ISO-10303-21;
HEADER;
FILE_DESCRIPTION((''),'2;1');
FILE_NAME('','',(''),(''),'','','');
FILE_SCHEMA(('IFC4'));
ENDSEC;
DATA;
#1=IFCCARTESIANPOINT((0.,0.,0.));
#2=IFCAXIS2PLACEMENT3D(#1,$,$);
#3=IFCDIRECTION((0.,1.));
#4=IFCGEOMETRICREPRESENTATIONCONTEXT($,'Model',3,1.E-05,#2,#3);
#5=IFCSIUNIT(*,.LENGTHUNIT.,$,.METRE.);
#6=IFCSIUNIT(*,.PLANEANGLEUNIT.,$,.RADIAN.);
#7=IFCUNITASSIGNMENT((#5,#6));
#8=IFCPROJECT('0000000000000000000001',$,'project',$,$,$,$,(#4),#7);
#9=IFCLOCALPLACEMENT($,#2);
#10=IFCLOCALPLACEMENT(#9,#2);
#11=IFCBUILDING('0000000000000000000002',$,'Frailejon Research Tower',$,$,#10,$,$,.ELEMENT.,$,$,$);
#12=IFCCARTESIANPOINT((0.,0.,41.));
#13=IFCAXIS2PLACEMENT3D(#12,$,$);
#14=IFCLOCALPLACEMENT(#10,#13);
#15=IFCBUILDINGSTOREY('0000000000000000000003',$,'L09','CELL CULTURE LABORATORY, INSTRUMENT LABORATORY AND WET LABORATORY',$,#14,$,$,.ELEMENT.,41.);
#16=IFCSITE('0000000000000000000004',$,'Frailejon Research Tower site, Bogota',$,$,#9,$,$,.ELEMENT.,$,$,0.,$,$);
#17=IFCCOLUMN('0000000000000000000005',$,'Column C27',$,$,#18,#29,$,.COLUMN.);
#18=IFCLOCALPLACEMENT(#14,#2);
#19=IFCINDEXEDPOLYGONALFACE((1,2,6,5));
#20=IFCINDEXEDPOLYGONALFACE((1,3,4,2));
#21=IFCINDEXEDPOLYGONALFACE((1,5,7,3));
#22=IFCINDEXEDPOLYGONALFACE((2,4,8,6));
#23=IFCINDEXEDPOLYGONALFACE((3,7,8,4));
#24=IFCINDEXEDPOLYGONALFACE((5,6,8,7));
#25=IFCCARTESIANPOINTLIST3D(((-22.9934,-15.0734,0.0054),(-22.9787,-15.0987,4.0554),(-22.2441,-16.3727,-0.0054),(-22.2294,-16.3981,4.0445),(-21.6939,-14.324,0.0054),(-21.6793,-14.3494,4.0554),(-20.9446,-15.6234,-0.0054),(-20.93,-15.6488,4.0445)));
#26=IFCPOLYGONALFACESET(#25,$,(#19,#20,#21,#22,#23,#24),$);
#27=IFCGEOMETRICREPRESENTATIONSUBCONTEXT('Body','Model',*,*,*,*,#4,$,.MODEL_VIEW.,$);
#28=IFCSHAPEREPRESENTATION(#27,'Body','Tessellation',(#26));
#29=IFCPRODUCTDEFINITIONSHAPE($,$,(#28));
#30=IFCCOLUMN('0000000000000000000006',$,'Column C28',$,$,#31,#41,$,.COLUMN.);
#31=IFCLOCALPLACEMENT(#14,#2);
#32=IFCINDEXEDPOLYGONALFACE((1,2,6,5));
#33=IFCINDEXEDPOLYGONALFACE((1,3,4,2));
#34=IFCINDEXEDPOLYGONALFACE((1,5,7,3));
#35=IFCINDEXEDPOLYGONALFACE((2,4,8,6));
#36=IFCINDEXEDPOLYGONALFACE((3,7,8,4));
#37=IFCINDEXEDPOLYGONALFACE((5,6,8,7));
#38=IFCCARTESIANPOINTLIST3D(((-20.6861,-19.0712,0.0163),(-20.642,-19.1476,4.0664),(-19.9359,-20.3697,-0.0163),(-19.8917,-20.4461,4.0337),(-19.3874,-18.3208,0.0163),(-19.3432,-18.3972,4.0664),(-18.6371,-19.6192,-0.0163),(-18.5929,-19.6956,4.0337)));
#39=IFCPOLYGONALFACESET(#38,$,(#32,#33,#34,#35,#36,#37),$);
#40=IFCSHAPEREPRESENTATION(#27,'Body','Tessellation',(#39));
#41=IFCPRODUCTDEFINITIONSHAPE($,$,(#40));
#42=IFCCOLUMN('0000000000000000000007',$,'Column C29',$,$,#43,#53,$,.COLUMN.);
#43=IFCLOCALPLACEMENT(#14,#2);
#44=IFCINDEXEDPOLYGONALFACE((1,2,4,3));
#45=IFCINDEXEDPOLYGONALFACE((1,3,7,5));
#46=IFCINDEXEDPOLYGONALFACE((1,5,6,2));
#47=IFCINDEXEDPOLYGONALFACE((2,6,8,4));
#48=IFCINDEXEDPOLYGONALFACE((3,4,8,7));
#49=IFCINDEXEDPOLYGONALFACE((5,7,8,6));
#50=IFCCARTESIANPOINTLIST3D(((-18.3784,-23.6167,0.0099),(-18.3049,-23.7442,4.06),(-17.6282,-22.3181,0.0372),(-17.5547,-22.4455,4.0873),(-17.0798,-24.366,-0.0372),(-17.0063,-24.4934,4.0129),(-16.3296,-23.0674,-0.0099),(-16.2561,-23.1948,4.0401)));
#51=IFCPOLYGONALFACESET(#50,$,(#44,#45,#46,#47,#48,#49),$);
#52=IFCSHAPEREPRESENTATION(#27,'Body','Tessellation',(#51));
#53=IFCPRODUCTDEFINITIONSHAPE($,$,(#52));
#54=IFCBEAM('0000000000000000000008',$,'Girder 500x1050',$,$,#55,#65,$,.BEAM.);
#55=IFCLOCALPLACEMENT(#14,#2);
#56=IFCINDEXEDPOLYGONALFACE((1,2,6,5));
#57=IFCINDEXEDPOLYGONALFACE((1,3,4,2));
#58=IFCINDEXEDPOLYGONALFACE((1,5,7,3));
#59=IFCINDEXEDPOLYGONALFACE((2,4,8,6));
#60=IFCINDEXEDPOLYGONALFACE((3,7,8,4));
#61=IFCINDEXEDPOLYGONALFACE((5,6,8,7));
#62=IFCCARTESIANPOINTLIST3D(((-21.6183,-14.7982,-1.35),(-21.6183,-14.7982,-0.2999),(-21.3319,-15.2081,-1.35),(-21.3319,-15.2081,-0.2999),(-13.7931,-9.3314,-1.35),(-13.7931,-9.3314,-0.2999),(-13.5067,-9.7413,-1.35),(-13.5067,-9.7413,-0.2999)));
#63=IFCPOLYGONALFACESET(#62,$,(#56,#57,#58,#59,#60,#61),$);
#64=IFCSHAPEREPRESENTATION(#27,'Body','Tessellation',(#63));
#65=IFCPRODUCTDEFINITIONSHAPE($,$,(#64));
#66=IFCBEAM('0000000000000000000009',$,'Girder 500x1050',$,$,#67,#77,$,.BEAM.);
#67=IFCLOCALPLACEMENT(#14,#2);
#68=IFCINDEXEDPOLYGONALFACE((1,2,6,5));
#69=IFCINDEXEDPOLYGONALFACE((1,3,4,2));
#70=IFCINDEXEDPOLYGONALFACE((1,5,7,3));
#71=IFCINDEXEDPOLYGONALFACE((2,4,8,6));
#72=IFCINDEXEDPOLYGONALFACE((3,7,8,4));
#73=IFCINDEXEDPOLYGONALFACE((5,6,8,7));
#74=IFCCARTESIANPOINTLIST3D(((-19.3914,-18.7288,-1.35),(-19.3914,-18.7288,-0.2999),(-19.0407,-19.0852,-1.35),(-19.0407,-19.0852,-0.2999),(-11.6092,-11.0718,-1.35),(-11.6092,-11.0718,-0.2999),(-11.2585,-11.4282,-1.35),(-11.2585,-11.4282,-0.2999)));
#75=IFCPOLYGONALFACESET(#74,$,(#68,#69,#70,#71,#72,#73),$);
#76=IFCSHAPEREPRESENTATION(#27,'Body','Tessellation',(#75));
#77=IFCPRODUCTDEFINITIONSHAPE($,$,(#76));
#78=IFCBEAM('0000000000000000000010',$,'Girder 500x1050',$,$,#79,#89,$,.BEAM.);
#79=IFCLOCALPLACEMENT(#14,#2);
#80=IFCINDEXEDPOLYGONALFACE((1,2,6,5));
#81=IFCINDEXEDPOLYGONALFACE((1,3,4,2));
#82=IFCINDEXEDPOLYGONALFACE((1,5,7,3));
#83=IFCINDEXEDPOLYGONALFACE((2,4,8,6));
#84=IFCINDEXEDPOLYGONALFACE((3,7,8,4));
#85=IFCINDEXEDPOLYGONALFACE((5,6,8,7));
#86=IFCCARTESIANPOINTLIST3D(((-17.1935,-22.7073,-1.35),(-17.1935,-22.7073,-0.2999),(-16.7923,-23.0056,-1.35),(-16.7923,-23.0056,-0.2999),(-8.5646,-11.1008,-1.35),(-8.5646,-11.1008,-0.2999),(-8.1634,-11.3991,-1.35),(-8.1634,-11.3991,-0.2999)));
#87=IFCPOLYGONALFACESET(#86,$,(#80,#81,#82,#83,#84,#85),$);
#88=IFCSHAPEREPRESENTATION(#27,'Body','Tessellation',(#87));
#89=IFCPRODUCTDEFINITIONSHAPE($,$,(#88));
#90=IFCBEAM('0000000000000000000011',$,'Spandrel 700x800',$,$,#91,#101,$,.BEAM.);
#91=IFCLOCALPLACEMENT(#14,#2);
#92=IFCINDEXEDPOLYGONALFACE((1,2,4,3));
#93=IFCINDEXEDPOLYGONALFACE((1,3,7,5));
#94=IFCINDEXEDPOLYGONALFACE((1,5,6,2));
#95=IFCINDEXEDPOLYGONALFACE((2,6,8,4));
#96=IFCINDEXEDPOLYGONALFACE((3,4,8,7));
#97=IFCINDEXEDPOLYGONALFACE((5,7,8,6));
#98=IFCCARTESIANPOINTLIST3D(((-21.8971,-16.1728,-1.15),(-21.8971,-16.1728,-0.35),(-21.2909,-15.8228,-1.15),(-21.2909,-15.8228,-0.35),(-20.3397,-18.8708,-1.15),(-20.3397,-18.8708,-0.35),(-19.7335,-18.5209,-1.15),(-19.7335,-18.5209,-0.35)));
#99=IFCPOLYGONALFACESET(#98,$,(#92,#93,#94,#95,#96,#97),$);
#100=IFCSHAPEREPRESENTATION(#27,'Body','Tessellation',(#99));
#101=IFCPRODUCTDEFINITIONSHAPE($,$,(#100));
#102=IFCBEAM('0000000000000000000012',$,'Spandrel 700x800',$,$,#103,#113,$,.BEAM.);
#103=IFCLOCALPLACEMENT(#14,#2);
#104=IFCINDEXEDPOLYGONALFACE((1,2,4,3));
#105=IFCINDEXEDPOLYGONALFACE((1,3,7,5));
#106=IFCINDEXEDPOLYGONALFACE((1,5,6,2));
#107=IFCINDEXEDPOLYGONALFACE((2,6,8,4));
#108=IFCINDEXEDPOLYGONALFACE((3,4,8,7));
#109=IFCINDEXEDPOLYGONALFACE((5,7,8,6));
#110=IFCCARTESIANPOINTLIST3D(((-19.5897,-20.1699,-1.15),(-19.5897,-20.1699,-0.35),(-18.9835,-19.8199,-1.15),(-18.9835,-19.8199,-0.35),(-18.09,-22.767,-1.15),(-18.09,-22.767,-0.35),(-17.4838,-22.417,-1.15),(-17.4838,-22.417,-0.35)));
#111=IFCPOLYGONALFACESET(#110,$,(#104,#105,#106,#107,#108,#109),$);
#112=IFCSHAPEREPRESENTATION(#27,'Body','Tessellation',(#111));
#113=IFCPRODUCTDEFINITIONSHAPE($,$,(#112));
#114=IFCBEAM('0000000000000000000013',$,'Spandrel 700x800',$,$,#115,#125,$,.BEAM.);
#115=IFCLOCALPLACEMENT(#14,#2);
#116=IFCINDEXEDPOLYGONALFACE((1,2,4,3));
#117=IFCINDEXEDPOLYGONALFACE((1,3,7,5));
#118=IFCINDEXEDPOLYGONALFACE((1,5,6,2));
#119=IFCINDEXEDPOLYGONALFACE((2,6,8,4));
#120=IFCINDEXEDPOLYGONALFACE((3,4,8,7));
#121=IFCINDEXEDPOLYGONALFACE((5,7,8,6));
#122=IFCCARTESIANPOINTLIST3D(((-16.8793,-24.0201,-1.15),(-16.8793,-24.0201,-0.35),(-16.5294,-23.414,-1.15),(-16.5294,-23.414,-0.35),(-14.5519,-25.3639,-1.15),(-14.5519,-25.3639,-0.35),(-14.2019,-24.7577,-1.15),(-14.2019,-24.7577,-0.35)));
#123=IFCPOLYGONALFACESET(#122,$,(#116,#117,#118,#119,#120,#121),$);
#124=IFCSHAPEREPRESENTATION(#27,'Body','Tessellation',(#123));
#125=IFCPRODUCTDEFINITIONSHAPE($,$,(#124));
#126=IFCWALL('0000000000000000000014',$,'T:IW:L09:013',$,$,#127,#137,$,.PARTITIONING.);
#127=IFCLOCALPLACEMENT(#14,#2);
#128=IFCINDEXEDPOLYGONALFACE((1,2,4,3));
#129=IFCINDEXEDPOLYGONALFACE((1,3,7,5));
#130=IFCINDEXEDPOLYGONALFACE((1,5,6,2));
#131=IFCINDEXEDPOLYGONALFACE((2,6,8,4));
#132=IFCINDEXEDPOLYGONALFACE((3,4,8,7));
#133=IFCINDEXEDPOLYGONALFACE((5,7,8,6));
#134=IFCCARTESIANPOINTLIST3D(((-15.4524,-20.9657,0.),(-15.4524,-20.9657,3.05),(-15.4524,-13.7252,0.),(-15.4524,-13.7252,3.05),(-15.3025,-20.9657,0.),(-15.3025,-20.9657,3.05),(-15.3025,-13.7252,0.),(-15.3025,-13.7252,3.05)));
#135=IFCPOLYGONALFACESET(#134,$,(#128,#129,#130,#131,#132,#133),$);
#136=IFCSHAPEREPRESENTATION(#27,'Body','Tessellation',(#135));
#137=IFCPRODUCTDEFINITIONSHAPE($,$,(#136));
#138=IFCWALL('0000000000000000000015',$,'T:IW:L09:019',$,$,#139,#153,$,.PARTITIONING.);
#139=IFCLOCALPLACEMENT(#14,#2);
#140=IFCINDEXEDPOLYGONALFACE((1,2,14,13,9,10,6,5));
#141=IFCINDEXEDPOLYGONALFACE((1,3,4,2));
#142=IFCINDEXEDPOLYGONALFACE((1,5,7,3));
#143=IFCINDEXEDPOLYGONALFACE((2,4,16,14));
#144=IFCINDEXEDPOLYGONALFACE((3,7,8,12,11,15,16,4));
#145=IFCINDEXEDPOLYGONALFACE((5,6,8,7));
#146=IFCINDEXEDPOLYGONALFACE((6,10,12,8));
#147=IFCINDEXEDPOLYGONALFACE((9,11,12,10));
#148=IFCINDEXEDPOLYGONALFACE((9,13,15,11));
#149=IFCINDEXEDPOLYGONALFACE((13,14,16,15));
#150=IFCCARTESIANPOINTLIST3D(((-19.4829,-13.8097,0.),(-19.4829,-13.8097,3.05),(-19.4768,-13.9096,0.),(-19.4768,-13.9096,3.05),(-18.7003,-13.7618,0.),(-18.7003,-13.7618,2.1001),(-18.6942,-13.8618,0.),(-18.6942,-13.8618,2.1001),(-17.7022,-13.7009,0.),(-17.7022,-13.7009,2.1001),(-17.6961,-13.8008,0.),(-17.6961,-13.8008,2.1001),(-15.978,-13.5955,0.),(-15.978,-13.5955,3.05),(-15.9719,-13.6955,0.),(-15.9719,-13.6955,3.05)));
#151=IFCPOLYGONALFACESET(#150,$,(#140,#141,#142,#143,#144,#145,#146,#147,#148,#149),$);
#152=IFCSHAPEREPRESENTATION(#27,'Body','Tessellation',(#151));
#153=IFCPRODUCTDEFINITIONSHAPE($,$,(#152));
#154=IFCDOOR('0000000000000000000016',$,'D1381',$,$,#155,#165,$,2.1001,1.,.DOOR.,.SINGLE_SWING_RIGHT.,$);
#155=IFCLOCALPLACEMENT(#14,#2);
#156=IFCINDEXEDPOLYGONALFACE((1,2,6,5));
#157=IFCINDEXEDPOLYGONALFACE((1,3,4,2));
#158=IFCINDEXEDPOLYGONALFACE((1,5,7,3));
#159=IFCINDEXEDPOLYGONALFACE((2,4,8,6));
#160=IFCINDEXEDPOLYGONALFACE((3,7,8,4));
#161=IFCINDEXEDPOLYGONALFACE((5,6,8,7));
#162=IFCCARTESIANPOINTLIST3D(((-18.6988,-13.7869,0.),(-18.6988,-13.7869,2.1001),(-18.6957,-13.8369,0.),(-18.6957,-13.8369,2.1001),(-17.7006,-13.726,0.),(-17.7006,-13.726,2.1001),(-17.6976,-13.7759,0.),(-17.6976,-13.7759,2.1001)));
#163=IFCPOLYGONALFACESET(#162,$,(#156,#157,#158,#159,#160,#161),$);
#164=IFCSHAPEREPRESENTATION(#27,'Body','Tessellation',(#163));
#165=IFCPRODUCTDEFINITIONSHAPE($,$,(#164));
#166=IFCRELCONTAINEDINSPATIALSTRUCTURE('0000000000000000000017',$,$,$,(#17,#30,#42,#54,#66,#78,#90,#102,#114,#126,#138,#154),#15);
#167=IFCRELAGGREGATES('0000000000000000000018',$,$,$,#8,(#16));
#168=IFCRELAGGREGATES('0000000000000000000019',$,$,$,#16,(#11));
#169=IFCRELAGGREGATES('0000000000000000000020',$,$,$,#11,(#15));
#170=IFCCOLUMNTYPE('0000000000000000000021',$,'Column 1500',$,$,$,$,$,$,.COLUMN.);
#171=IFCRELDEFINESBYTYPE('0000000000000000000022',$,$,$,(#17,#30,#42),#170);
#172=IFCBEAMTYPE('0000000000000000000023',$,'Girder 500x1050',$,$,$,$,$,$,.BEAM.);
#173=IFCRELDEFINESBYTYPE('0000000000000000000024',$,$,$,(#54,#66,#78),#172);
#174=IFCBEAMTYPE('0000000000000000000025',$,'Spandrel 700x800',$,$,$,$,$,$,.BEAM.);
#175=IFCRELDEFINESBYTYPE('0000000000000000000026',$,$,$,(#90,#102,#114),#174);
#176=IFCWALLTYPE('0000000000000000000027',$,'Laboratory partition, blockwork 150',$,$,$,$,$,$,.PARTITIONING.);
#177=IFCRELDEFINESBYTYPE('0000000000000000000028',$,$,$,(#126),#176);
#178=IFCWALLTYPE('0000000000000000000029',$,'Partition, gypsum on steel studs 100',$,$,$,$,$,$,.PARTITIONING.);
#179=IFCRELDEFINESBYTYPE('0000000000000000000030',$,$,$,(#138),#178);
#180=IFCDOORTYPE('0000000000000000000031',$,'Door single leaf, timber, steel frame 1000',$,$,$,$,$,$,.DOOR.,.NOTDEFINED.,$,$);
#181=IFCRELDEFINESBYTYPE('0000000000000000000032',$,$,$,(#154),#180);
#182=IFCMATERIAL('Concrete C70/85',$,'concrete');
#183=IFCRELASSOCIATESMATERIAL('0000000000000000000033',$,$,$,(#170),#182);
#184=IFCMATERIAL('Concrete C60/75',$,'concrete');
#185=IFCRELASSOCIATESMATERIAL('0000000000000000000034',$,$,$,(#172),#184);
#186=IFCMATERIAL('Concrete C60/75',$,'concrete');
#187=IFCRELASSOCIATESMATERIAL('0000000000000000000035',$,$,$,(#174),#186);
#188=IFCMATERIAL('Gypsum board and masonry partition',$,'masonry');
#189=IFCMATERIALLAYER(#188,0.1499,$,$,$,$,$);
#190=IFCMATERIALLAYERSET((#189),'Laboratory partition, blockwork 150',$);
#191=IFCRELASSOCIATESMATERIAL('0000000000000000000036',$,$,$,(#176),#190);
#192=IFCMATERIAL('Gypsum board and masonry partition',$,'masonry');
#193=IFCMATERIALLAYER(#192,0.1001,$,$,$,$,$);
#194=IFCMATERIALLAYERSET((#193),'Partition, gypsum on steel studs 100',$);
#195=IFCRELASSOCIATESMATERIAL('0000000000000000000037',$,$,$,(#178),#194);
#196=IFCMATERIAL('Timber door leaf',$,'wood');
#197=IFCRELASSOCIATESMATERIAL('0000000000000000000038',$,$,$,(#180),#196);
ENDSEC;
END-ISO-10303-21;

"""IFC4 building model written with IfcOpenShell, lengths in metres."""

from ifc_helpers import new_model, si_unit, direction, frame, frame_2d, origin, origin_2d, place, context, subcontext, project, spatial, rectangle, extrude, material, layer, layer_set, material_profile, profile_set, type_object, element, fill, save


model = new_model("IFC4")

# Units and contexts
model_context = context("Model", 3, precision=1e-05, world=origin(), true_north=direction((0.0, 1.0)))
body_context = subcontext(model_context, "Body", "Model", "MODEL_VIEW")
ifc_project = project(units=[si_unit("LENGTHUNIT", "METRE"), si_unit("PLANEANGLEUNIT", "RADIAN")], contexts=[model_context])

# Site, building, storey
site_placement = place(None, origin())
site = spatial("IfcSite", under=ifc_project, at=site_placement, Name="Frailejon Research Tower site, Bogota", CompositionType="ELEMENT", RefElevation=0.0)
building_placement = place(site_placement, origin())
building = spatial("IfcBuilding", under=site, at=building_placement, Name="Frailejon Research Tower", CompositionType="ELEMENT")
storey_placement = place(building_placement, frame((0.0, 0.0, 41.0)))
storey = spatial("IfcBuildingStorey", under=building, at=storey_placement, Name="L09", Description="CELL CULTURE LABORATORY, INSTRUMENT LABORATORY AND WET LABORATORY", CompositionType="ELEMENT", Elevation=41.0)

# Columns
ifc_material_1 = material(Name="Concrete C70/85", Category="concrete")
ifc_material_profile_1 = material_profile(ifc_material_1, rectangle(XDim=1.5, YDim=1.5, at=origin_2d()), Name="Column 1500")
ifc_profile_set_1 = profile_set([ifc_material_profile_1], Name="Concrete C70/85")
column_type = type_object("IfcColumnType", Name="Column 1500", PredefinedType="COLUMN", material=ifc_profile_set_1)
column_1_placement = place(storey_placement, frame((-21.969, -15.3484, 0.0), z_axis=(0.003617, -0.006269, 0.999974), x_axis=(0.499536, -0.866263, -0.007238)))
element("IfcColumn", 1, at=column_1_placement, inside=storey, type_object=column_type, Name="Column C27", PredefinedType="COLUMN", context=body_context, shape_type="SweptSolid", body=[
    extrude(rectangle(XDim=1.5, YDim=1.5, at=origin_2d()), origin(), (0.0, 0.0, 1.0), 4.05),
])
column_2_placement = place(storey_placement, frame((-19.6616, -19.3452, 0.0), z_axis=(0.010908, -0.018863, 0.999763), x_axis=(0.500187, -0.865643, -0.02179)))
element("IfcColumn", 2, at=column_2_placement, inside=storey, type_object=column_type, Name="Column C28", PredefinedType="COLUMN", context=body_context, shape_type="SweptSolid", body=[
    extrude(rectangle(XDim=1.5, YDim=1.5, at=origin_2d()), origin(), (0.0, 0.0, 1.0), 4.051),
])
column_3_placement = place(storey_placement, frame((-17.354, -23.342, 0.0), z_axis=(0.018133, -0.031446, 0.999341), x_axis=(0.865741, -0.499505, -0.031426)))
element("IfcColumn", 3, at=column_3_placement, inside=storey, type_object=column_type, Name="Column C29", PredefinedType="COLUMN", context=body_context, shape_type="SweptSolid", body=[
    extrude(rectangle(XDim=1.5, YDim=1.5, at=origin_2d()), origin(), (0.0, 0.0, 1.0), 4.0527),
])

# Beams
ifc_material_2 = material(Name="Concrete C60/75", Category="concrete")
ifc_material_profile_2 = material_profile(ifc_material_2, rectangle(XDim=0.5, YDim=1.05, at=origin_2d()), Name="Girder 500x1050")
ifc_profile_set_2 = profile_set([ifc_material_profile_2], Name="Concrete C60/75")
beam_type_1 = type_object("IfcBeamType", Name="Girder 500x1050", PredefinedType="BEAM", material=ifc_profile_set_2)
beam_1_placement = place(storey_placement, frame((-21.4751, -15.0032, -0.825), z_axis=(0.819765, 0.5727, 0.0), x_axis=(-0.5727, 0.819765, 0.0)))
element("IfcBeam", 4, at=beam_1_placement, inside=storey, type_object=beam_type_1, Name="Girder 500x1050", PredefinedType="BEAM", context=body_context, shape_type="SweptSolid", body=[
    extrude(rectangle(XDim=0.5, YDim=1.05, at=origin_2d()), origin(), (0.0, 0.0, 1.0), 9.5457),
])
beam_2_placement = place(storey_placement, frame((-19.2161, -18.907, -0.825), z_axis=(0.712819, 0.701348, 0.0), x_axis=(-0.701348, 0.712819, 0.0)))
element("IfcBeam", 5, at=beam_2_placement, inside=storey, type_object=beam_type_1, Name="Girder 500x1050", PredefinedType="BEAM", context=body_context, shape_type="SweptSolid", body=[
    extrude(rectangle(XDim=0.5, YDim=1.05, at=origin_2d()), origin(), (0.0, 0.0, 1.0), 10.9175),
])
beam_3_placement = place(storey_placement, frame((-16.9929, -22.8564, -0.825), z_axis=(0.596635, 0.802513, 0.0), x_axis=(-0.802513, 0.596635, 0.0)))
element("IfcBeam", 6, at=beam_3_placement, inside=storey, type_object=beam_type_1, Name="Girder 500x1050", PredefinedType="BEAM", context=body_context, shape_type="SweptSolid", body=[
    extrude(rectangle(XDim=0.5, YDim=1.05, at=origin_2d()), origin(), (0.0, 0.0, 1.0), 14.4626),
])
ifc_material_3 = material(Name="Concrete C60/75", Category="concrete")
ifc_material_profile_3 = material_profile(ifc_material_3, rectangle(XDim=0.7, YDim=0.8, at=origin_2d()), Name="Spandrel 700x800")
ifc_profile_set_3 = profile_set([ifc_material_profile_3], Name="Concrete C60/75")
beam_type_2 = type_object("IfcBeamType", Name="Spandrel 700x800", PredefinedType="BEAM", material=ifc_profile_set_3)
beam_4_placement = place(storey_placement, frame((-21.594, -15.9978, -0.75), z_axis=(0.499924, -0.866069, 0.0), x_axis=(0.866069, 0.499924, 0.0)))
element("IfcBeam", 7, at=beam_4_placement, inside=storey, type_object=beam_type_2, Name="Spandrel 700x800", PredefinedType="BEAM", context=body_context, shape_type="SweptSolid", body=[
    extrude(rectangle(XDim=0.7, YDim=0.8, at=origin_2d()), origin(), (0.0, 0.0, 1.0), 3.1152),
])
beam_5_placement = place(storey_placement, frame((-19.2866, -19.9949, -0.75), z_axis=(0.50007, -0.865985, 0.0), x_axis=(0.865985, 0.50007, 0.0)))
element("IfcBeam", 8, at=beam_5_placement, inside=storey, type_object=beam_type_2, Name="Spandrel 700x800", PredefinedType="BEAM", context=body_context, shape_type="SweptSolid", body=[
    extrude(rectangle(XDim=0.7, YDim=0.8, at=origin_2d()), origin(), (0.0, 0.0, 1.0), 2.999),
])
beam_6_placement = place(storey_placement, frame((-16.7043, -23.717, -0.75), z_axis=(0.866021, -0.500008, 0.0), x_axis=(0.500008, 0.866021, 0.0)))
element("IfcBeam", 9, at=beam_6_placement, inside=storey, type_object=beam_type_2, Name="Spandrel 700x800", PredefinedType="BEAM", context=body_context, shape_type="SweptSolid", body=[
    extrude(rectangle(XDim=0.7, YDim=0.8, at=origin_2d()), origin(), (0.0, 0.0, 1.0), 2.6875),
])

# Wall
ifc_material_4 = material(Name="Gypsum board and masonry partition", Category="masonry")
ifc_layer_1 = layer(ifc_material_4, 0.1499)
ifc_layer_set_1 = layer_set([ifc_layer_1], Name="Laboratory partition, blockwork 150")
wall_type_1 = type_object("IfcWallType", Name="Laboratory partition, blockwork 150", PredefinedType="PARTITIONING", material=ifc_layer_set_1)
wall_1_placement = place(storey_placement, frame((-15.3774, -20.9656, 0.0), z_axis=(0.0, 0.0, 1.0), x_axis=(0.0, 1.0, 0.0)))
element("IfcWall", 10, at=wall_1_placement, inside=storey, type_object=wall_type_1, Name="T:IW:L09:013", PredefinedType="PARTITIONING", context=body_context, shape_type="SweptSolid", body=[
    extrude(rectangle(XDim=7.2405, YDim=0.1499, at=frame_2d((3.6201, 0.0))), origin(), (0.0, 0.0, 1.0), 3.05),
])

# Wall, opening, door
ifc_material_5 = material(Name="Gypsum board and masonry partition", Category="masonry")
ifc_layer_2 = layer(ifc_material_5, 0.1001)
ifc_layer_set_2 = layer_set([ifc_layer_2], Name="Partition, gypsum on steel studs 100")
wall_type_2 = type_object("IfcWallType", Name="Partition, gypsum on steel studs 100", PredefinedType="PARTITIONING", material=ifc_layer_set_2)
wall_2_placement = place(storey_placement, frame((-19.48, -13.8596, 0.0), z_axis=(0.0, 0.0, 1.0), x_axis=(0.998139, 0.060976, 0.0)))
wall_2 = element("IfcWall", 11, at=wall_2_placement, inside=storey, type_object=wall_type_2, Name="T:IW:L09:019", PredefinedType="PARTITIONING", context=body_context, shape_type="SweptSolid", body=[
    extrude(rectangle(XDim=3.5115, YDim=0.1001, at=frame_2d((1.7559, 0.0))), origin(), (0.0, 0.0, 1.0), 3.05),
])
opening_1_placement = place(wall_2_placement, frame((0.7842, 0.0, 0.0)))
opening_1 = element("IfcOpeningElement", 12, at=opening_1_placement, cuts=wall_2, PredefinedType="OPENING", context=body_context, shape_type="SweptSolid", body=[
    extrude(rectangle(XDim=1.0, YDim=2.1001, at=frame_2d((0.5, 1.05))), frame((0.0, 0.0601, 0.0), z_axis=(0.0, -1.0, 0.0), x_axis=(1.0, 0.0, 0.0)), (0.0, 0.0, 1.0), 0.1201),
])
ifc_material_6 = material(Name="Timber door leaf", Category="wood")
door_type = type_object("IfcDoorType", Name="Door single leaf, timber, steel frame 1000", OperationType="NOTDEFINED", PredefinedType="DOOR", material=ifc_material_6)
door_placement = place(opening_1_placement, origin())
door = element("IfcDoor", 13, at=door_placement, inside=storey, type_object=door_type, Name="D1381", OperationType="SINGLE_SWING_RIGHT", OverallHeight=2.1001, OverallWidth=1.0, PredefinedType="DOOR", context=body_context, shape_type="SweptSolid", body=[
    extrude(rectangle(XDim=1.0, YDim=2.1001, at=frame_2d((0.5, 1.05))), frame((0.0, 0.0249, 0.0), z_axis=(0.0, -1.0, 0.0), x_axis=(1.0, 0.0, 0.0)), (0.0, 0.0, 1.0), 0.05),
])
fill(opening_1, door)

save(model, "model.ifc")
